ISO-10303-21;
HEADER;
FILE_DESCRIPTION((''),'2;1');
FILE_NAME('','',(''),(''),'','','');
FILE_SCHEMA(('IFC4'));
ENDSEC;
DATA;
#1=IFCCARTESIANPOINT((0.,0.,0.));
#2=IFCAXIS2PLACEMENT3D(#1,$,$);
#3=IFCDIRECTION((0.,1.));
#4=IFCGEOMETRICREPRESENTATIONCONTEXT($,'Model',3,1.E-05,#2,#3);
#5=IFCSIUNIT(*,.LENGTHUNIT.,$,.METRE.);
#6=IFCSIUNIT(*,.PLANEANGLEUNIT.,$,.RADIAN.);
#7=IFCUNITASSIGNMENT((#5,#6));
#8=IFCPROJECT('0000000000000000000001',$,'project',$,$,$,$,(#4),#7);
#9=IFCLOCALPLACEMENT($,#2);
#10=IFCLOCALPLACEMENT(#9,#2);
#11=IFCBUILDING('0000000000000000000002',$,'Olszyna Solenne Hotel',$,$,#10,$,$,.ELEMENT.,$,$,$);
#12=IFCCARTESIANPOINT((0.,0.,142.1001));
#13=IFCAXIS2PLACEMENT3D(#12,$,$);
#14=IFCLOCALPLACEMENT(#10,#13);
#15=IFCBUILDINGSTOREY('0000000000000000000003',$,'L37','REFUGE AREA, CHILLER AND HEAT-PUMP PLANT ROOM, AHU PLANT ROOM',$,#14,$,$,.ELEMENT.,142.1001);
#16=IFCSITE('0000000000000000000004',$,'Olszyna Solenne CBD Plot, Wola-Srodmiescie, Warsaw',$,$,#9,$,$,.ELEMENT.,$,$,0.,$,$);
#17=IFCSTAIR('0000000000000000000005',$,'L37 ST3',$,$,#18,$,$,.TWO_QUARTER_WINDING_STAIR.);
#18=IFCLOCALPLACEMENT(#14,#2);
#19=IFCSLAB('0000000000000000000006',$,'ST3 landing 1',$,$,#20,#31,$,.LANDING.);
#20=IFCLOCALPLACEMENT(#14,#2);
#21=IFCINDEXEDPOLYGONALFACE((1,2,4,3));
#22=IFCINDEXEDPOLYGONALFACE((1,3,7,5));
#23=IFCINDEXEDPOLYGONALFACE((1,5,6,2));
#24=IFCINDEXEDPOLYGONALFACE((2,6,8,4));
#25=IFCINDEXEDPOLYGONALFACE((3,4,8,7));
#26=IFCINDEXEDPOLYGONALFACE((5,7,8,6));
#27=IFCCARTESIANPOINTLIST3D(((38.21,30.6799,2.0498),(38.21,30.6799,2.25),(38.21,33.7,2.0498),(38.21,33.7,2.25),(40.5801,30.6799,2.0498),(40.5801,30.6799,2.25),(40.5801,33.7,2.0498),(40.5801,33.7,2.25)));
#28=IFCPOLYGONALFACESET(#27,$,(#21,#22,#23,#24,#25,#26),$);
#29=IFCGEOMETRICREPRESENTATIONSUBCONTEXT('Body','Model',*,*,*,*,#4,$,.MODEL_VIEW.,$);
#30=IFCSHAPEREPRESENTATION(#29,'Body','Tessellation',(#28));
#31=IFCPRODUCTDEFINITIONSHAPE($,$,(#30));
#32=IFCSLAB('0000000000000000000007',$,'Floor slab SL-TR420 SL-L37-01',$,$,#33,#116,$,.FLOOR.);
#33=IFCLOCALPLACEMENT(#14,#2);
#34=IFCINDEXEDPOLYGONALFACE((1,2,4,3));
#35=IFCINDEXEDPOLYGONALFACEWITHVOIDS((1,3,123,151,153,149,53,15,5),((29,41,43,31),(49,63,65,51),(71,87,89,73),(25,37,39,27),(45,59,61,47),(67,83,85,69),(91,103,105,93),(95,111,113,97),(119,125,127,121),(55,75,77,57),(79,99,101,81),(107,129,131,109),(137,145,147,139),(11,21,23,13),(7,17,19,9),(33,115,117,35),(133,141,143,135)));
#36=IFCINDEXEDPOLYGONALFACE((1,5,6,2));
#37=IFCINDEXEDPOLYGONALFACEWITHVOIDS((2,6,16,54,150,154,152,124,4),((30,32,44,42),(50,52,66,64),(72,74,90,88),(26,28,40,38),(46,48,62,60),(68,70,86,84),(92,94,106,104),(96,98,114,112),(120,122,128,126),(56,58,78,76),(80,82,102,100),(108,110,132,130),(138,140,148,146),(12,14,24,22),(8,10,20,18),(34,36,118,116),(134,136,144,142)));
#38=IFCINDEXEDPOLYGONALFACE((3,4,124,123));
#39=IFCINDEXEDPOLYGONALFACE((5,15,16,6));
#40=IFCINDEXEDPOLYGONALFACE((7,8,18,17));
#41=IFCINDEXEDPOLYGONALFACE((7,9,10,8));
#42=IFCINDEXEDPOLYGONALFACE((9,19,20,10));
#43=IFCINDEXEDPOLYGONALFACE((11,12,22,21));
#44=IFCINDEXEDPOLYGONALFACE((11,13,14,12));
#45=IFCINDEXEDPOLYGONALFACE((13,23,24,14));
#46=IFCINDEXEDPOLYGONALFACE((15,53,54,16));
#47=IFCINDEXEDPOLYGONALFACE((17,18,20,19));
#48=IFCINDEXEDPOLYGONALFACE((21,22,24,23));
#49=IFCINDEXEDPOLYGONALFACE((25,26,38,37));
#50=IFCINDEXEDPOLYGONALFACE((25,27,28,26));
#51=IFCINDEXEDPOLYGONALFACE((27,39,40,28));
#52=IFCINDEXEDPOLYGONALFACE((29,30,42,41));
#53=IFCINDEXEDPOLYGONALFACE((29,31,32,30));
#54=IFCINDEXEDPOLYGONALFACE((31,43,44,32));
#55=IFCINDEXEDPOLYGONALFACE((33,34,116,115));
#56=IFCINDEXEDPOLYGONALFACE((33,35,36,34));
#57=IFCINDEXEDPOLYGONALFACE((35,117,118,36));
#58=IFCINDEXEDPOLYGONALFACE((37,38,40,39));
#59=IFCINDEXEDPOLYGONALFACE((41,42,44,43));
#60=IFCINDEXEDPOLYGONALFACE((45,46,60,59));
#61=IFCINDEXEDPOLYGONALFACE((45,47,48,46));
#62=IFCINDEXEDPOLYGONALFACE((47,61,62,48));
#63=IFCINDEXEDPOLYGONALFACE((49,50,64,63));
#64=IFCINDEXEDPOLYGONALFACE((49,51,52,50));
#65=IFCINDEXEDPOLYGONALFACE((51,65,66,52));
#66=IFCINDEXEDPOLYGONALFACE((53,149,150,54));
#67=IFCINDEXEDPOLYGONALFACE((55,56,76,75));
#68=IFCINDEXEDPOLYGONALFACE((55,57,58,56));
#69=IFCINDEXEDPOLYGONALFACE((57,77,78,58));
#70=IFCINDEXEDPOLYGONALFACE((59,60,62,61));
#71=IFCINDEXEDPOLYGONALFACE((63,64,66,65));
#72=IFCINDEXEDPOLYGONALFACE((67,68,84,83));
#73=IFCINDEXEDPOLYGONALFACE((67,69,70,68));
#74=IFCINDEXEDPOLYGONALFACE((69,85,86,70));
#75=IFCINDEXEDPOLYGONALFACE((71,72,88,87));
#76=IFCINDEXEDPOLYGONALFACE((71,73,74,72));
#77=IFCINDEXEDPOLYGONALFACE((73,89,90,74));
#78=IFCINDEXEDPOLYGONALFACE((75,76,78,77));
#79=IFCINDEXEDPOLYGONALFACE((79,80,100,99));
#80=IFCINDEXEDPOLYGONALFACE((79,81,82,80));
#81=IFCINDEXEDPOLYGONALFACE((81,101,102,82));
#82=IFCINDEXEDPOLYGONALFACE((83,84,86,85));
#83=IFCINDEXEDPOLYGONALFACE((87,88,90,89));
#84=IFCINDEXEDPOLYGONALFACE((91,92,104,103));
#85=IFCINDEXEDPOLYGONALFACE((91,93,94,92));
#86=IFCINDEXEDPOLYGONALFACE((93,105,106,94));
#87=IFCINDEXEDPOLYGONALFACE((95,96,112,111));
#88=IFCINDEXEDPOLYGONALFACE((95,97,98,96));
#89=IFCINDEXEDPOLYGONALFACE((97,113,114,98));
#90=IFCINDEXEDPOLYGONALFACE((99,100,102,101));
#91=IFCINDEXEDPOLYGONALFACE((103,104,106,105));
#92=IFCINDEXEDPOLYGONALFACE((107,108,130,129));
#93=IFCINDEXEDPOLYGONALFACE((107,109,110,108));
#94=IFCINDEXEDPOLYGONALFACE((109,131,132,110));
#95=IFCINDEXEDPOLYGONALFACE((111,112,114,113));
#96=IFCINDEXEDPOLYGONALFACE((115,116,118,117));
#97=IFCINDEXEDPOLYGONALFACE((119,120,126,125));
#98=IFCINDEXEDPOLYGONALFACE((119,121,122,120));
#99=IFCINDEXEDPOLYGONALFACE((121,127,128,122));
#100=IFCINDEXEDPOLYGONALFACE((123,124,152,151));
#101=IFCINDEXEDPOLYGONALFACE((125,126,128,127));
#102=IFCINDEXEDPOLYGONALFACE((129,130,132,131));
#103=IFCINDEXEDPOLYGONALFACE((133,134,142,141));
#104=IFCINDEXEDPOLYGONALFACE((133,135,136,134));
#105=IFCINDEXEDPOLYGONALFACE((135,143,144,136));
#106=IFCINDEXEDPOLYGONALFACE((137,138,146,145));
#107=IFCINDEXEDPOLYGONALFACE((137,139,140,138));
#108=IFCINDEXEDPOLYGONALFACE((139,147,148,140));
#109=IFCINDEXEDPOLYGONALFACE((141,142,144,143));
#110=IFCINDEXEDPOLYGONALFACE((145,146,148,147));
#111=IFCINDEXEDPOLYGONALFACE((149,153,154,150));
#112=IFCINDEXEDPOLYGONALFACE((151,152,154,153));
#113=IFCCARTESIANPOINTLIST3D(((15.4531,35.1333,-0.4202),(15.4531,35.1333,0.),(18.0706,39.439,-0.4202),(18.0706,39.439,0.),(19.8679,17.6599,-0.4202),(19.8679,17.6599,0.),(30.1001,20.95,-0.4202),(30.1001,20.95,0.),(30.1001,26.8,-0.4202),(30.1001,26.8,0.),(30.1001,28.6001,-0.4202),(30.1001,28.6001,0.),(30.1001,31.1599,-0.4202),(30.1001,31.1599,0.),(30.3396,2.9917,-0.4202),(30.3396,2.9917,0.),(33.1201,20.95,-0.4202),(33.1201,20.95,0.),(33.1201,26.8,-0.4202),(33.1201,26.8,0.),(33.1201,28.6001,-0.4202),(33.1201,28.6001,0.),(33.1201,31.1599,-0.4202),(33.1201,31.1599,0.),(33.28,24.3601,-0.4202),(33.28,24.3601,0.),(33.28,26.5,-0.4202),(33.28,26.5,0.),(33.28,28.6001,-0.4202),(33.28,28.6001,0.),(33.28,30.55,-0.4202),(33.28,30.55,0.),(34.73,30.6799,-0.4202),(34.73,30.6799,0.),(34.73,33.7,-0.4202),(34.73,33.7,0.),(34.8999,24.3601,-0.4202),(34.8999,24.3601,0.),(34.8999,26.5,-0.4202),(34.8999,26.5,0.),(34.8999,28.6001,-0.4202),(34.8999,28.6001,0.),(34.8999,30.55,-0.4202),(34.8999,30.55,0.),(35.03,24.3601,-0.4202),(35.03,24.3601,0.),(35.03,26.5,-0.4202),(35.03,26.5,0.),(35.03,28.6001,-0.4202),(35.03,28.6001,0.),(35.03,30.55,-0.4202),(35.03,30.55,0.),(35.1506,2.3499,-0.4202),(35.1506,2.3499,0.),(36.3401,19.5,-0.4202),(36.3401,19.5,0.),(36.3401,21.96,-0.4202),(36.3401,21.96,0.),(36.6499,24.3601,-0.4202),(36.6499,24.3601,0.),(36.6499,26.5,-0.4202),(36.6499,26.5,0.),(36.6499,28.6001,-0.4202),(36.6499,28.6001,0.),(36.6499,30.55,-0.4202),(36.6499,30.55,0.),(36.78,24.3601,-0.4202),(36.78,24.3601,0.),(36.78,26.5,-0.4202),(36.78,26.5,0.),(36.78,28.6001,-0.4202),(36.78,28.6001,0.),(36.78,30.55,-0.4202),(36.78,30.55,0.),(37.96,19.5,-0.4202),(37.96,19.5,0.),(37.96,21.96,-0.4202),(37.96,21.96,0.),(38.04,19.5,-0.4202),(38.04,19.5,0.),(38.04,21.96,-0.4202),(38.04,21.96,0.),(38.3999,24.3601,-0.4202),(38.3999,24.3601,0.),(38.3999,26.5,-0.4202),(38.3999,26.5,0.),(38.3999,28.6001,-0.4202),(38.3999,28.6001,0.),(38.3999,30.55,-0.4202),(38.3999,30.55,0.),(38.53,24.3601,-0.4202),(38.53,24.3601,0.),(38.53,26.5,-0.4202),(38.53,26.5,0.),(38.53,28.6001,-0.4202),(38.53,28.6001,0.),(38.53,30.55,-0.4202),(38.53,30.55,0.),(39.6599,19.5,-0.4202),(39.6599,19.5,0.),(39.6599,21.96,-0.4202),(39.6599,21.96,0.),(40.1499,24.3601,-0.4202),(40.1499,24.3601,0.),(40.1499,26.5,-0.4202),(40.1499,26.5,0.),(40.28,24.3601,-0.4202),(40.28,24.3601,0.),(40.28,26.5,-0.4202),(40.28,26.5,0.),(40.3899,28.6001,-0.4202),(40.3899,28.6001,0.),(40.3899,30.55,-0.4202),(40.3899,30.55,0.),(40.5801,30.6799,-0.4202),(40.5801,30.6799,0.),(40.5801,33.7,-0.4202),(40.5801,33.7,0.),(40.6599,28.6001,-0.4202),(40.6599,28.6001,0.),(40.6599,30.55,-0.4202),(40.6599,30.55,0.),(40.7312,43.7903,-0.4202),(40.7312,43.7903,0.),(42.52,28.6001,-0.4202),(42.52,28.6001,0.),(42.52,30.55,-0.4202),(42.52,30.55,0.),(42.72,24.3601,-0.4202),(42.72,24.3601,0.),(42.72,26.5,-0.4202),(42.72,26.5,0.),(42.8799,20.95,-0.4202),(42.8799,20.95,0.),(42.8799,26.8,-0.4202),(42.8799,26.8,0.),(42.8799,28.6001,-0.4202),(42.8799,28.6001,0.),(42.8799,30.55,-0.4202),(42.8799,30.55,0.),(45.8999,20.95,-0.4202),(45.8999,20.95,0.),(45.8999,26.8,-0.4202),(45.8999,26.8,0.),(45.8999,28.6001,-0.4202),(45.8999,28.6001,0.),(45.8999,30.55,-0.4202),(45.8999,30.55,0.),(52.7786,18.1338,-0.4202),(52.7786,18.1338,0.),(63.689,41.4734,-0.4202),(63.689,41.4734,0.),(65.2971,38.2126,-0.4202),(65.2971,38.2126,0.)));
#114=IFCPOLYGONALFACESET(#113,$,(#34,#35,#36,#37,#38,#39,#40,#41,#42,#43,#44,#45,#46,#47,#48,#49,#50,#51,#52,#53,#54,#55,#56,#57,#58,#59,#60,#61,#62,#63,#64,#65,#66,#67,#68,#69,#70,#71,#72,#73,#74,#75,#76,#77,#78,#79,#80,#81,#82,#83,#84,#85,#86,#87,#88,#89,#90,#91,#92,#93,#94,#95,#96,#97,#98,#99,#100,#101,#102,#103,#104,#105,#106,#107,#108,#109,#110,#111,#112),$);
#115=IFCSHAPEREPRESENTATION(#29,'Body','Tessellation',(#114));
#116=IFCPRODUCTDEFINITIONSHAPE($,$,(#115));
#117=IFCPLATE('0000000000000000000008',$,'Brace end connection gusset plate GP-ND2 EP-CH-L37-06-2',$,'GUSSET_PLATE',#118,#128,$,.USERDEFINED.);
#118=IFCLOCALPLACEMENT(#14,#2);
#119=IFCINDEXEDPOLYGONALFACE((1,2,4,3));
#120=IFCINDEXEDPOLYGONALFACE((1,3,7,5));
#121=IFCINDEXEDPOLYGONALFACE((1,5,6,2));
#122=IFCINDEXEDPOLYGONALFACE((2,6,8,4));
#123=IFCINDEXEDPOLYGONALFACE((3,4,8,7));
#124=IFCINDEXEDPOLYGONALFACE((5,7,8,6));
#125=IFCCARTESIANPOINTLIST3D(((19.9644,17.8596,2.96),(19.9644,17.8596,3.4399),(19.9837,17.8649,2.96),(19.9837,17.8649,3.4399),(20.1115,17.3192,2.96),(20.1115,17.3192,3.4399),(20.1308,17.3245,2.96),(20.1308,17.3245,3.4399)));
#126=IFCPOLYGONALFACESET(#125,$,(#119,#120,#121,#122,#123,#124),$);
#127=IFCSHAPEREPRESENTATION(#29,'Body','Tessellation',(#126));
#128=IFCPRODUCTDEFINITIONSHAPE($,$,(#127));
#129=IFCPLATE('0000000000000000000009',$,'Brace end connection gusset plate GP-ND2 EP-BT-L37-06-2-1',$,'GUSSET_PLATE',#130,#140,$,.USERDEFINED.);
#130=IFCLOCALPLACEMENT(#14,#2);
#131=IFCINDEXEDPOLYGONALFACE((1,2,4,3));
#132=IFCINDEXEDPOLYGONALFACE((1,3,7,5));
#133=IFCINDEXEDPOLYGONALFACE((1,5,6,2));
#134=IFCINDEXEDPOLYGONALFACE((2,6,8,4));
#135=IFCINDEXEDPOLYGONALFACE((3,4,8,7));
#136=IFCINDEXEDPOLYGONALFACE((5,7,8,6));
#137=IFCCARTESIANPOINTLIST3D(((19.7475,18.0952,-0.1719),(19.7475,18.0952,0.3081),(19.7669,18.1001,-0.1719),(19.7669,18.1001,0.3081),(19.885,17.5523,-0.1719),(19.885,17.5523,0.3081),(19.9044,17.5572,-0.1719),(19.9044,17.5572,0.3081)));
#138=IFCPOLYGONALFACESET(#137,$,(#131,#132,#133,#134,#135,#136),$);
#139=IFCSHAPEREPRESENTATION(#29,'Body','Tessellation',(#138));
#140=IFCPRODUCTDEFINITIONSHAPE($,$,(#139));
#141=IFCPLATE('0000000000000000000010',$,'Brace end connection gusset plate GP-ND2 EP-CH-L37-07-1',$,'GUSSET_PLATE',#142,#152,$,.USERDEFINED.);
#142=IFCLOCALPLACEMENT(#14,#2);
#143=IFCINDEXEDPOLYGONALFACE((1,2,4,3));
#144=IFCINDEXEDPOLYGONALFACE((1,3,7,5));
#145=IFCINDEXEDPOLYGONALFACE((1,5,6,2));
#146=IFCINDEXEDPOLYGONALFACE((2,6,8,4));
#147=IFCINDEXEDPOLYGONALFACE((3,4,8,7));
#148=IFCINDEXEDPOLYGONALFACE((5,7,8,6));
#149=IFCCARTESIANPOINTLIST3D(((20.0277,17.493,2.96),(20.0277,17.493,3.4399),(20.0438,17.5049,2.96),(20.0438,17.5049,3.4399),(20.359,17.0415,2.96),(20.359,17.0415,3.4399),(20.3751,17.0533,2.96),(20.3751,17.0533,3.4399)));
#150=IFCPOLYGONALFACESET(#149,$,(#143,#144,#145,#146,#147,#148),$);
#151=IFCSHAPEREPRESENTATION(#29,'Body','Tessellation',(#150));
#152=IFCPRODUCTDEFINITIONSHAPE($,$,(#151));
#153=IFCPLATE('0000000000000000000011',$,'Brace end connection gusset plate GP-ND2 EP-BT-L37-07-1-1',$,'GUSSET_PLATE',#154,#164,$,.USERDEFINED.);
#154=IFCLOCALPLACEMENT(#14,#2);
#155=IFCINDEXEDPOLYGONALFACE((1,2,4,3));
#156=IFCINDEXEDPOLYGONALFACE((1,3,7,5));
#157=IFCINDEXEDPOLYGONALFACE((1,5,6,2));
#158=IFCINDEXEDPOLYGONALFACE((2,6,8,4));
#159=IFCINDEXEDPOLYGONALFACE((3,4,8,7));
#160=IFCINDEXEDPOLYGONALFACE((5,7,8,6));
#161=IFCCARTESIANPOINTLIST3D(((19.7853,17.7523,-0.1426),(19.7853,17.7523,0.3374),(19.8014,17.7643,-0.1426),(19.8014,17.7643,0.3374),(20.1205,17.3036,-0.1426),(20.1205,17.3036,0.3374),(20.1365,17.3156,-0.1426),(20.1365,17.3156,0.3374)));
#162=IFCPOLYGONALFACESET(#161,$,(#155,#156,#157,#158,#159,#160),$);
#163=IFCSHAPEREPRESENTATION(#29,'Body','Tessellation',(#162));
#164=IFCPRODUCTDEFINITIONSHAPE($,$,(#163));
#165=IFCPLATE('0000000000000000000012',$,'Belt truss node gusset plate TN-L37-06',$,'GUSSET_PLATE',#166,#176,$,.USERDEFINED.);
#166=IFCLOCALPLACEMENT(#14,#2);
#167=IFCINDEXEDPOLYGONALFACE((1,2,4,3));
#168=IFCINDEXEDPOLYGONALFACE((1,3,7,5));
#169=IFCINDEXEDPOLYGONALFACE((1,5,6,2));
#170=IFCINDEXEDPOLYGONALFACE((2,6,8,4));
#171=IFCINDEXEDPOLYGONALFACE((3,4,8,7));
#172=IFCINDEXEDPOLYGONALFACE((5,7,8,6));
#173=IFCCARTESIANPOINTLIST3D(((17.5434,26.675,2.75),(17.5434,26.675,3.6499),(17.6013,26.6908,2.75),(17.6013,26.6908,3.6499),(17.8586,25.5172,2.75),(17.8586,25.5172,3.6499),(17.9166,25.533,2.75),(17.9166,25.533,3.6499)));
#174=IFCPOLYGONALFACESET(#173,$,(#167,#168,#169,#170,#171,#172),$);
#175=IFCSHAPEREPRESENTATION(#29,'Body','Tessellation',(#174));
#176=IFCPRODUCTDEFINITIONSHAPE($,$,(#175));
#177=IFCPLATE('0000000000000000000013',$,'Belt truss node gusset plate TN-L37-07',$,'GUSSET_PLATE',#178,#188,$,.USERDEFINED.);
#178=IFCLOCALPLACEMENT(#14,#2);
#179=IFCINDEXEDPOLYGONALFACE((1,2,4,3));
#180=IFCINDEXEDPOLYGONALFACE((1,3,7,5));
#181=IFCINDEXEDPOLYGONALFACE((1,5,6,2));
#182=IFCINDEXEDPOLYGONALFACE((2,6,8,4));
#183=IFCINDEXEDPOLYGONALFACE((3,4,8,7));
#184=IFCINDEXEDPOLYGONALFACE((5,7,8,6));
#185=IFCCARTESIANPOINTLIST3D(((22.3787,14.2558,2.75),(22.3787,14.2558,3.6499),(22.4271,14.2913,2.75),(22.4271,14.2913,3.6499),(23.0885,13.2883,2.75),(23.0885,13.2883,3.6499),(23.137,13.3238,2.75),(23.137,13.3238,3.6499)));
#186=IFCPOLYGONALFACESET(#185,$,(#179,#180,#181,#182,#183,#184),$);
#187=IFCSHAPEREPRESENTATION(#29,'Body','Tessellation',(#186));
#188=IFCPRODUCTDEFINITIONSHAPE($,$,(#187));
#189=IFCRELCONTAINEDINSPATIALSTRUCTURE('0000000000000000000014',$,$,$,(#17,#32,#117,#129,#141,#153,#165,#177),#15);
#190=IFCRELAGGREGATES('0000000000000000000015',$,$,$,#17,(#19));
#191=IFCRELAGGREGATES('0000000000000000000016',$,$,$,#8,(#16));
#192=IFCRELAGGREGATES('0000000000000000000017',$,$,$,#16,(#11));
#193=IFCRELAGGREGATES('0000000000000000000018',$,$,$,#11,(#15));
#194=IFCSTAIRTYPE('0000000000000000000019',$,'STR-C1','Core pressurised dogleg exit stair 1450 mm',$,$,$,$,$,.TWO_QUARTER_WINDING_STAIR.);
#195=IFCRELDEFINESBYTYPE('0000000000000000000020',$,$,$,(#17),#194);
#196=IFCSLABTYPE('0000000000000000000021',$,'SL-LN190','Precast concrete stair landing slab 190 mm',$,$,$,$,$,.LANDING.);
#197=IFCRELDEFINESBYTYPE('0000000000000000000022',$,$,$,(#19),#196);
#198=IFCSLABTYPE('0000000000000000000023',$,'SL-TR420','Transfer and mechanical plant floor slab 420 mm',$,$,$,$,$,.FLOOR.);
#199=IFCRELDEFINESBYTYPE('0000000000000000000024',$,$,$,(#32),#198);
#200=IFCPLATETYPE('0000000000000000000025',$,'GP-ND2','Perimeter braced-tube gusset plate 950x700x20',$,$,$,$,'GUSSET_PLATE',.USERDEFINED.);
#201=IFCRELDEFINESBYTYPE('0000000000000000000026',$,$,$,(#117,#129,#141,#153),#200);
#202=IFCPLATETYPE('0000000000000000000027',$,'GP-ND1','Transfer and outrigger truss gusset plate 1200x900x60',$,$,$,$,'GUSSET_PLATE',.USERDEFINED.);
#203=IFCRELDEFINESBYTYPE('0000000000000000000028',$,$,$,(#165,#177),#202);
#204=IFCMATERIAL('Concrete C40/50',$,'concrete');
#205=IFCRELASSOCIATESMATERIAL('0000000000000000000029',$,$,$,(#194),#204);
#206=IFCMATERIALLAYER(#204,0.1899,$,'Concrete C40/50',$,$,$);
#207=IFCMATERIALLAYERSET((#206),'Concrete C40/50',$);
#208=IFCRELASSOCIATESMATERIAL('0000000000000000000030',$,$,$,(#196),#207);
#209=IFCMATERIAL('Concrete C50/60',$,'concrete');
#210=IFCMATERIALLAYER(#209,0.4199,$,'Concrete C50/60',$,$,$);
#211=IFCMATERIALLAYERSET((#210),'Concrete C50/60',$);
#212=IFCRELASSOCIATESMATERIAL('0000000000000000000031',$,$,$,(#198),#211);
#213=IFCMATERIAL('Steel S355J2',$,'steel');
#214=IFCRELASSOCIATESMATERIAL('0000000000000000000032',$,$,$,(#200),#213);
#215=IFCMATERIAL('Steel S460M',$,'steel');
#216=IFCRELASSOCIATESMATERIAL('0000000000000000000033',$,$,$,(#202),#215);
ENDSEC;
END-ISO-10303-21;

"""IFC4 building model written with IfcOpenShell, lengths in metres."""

from ifc_helpers import new_model, si_unit, direction, frame, origin, origin_2d, place, context, subcontext, project, spatial, polyline, rectangle, outline, extrude, source, transform, mapped, material, layer, layer_set, type_object, element, aggregate, save


model = new_model("IFC4")

# Units and contexts
model_context = context("Model", 3, precision=1e-05, world=origin(), true_north=direction((0.0, 1.0)))
body_context = subcontext(model_context, "Body", "Model", "MODEL_VIEW")
ifc_project = project(units=[si_unit("LENGTHUNIT", "METRE"), si_unit("PLANEANGLEUNIT", "RADIAN")], contexts=[model_context])

# Site, building, storey
site_placement = place(None, origin())
site = spatial("IfcSite", under=ifc_project, at=site_placement, Name="Olszyna Solenne CBD Plot, Wola-Srodmiescie, Warsaw", CompositionType="ELEMENT", RefElevation=0.0)
building_placement = place(site_placement, origin())
building = spatial("IfcBuilding", under=site, at=building_placement, Name="Olszyna Solenne Hotel", CompositionType="ELEMENT")
storey_placement = place(building_placement, frame((0.0, 0.0, 142.1001)))
storey = spatial("IfcBuildingStorey", under=building, at=storey_placement, Name="L37", Description="REFUGE AREA, CHILLER AND HEAT-PUMP PLANT ROOM, AHU PLANT ROOM", CompositionType="ELEMENT", Elevation=142.1001)

# Shared definitions
ifc_material_1 = material(Name="Steel S460M", Category="steel")

# Shared definitions
ifc_material_2 = material(Name="Steel S355J2", Category="steel")

# Stair, slab
ifc_material_3 = material(Name="Concrete C40/50", Category="concrete")
stair_type = type_object("IfcStairType", Name="STR-C1", Description="Core pressurised dogleg exit stair 1450 mm", PredefinedType="TWO_QUARTER_WINDING_STAIR", material=ifc_material_3)
ifc_layer_1 = layer(ifc_material_3, 0.1899, Name="Concrete C40/50")
ifc_layer_set_1 = layer_set([ifc_layer_1], Name="Concrete C40/50")
slab_type_1 = type_object("IfcSlabType", Name="SL-LN190", Description="Precast concrete stair landing slab 190 mm", PredefinedType="LANDING", material=ifc_layer_set_1)
stair_1_placement = place(storey_placement, origin())
stair_1 = element("IfcStair", 1, at=stair_1_placement, inside=storey, type_object=stair_type, Name="L37 ST3", PredefinedType="TWO_QUARTER_WINDING_STAIR")
slab_1_placement = place(storey_placement, frame((0.0, 0.0, 2.0498)))
slab_1 = element("IfcSlab", 2, at=slab_1_placement, type_object=slab_type_1, Name="ST3 landing 1", PredefinedType="LANDING", context=body_context, shape_type="SweptSolid", body=[
    extrude(outline(polyline([(38.21, 30.6799), (40.5801, 30.6799), (40.5801, 33.7), (38.21, 33.7), (38.21, 30.6799)])), origin(), (0.0, 0.0, 1.0), 0.2002),
])
aggregate(stair_1, [slab_1])

# Slab
ifc_material_4 = material(Name="Concrete C50/60", Category="concrete")
ifc_layer_2 = layer(ifc_material_4, 0.4199, Name="Concrete C50/60")
ifc_layer_set_2 = layer_set([ifc_layer_2], Name="Concrete C50/60")
slab_type_2 = type_object("IfcSlabType", Name="SL-TR420", Description="Transfer and mechanical plant floor slab 420 mm", PredefinedType="FLOOR", material=ifc_layer_set_2)
slab_2_placement = place(storey_placement, frame((0.0, 0.0, -0.4202)))
element("IfcSlab", 3, at=slab_2_placement, inside=storey, type_object=slab_type_2, Name="Floor slab SL-TR420 SL-L37-01", PredefinedType="FLOOR", context=body_context, shape_type="SweptSolid", body=[
    extrude(outline(polyline([(65.2971, 38.2126), (63.689, 41.4734), (40.7312, 43.7903), (18.0706, 39.439), (15.4531, 35.1333), (19.8679, 17.6599), (30.3396, 2.9917), (35.1506, 2.3499), (52.7786, 18.1338), (65.2971, 38.2126)]), holes=[polyline([(30.1001, 20.95), (33.1201, 20.95), (33.1201, 26.8), (30.1001, 26.8), (30.1001, 20.95)]), polyline([(42.8799, 20.95), (45.8999, 20.95), (45.8999, 26.8), (42.8799, 26.8), (42.8799, 20.95)]), polyline([(34.73, 30.6799), (40.5801, 30.6799), (40.5801, 33.7), (34.73, 33.7), (34.73, 30.6799)]), polyline([(36.3401, 19.5), (37.96, 19.5), (37.96, 21.96), (36.3401, 21.96), (36.3401, 19.5)]), polyline([(38.04, 19.5), (39.6599, 19.5), (39.6599, 21.96), (38.04, 21.96), (38.04, 19.5)]), polyline([(30.1001, 28.6001), (33.1201, 28.6001), (33.1201, 31.1599), (30.1001, 31.1599), (30.1001, 28.6001)]), polyline([(33.28, 24.3601), (34.8999, 24.3601), (34.8999, 26.5), (33.28, 26.5), (33.28, 24.3601)]), polyline([(35.03, 24.3601), (36.6499, 24.3601), (36.6499, 26.5), (35.03, 26.5), (35.03, 24.3601)]), polyline([(36.78, 24.3601), (38.3999, 24.3601), (38.3999, 26.5), (36.78, 26.5), (36.78, 24.3601)]), polyline([(38.53, 24.3601), (40.1499, 24.3601), (40.1499, 26.5), (38.53, 26.5), (38.53, 24.3601)]), polyline([(40.28, 24.3601), (42.72, 24.3601), (42.72, 26.5), (40.28, 26.5), (40.28, 24.3601)]), polyline([(33.28, 28.6001), (34.8999, 28.6001), (34.8999, 30.55), (33.28, 30.55), (33.28, 28.6001)]), polyline([(35.03, 28.6001), (36.6499, 28.6001), (36.6499, 30.55), (35.03, 30.55), (35.03, 28.6001)]), polyline([(36.78, 28.6001), (38.3999, 28.6001), (38.3999, 30.55), (36.78, 30.55), (36.78, 28.6001)]), polyline([(38.53, 28.6001), (40.3899, 28.6001), (40.3899, 30.55), (38.53, 30.55), (38.53, 28.6001)]), polyline([(40.6599, 28.6001), (42.52, 28.6001), (42.52, 30.55), (40.6599, 30.55), (40.6599, 28.6001)]), polyline([(42.8799, 28.6001), (45.8999, 28.6001), (45.8999, 30.55), (42.8799, 30.55), (42.8799, 28.6001)])]), origin(), (0.0, 0.0, 1.0), 0.4202),
])

# Plates
plate_type_1 = type_object("IfcPlateType", Name="GP-ND2", Description="Perimeter braced-tube gusset plate 950x700x20", ElementType="GUSSET_PLATE", PredefinedType="USERDEFINED", material=ifc_material_2)
shared_shape_1 = source(origin(), body_context, "Body", "SweptSolid", [
    extrude(rectangle(XDim=0.5601, YDim=0.02, at=origin_2d()), origin(), (0.0, 0.0, 1.0), 0.48),
])
for number, where, z_axis, x_axis, name in (
    (4, (20.0476, 17.592, 2.96), (0.0, 0.0, 1.0), (0.262694, -0.964879, 0.0), "Brace end connection gusset plate GP-ND2 EP-CH-L37-06-2"),
    (5, (19.8259, 17.8262, -0.1719), (0.0, 0.0, 1.0), (-0.245477, 0.969403, 0.0), "Brace end connection gusset plate GP-ND2 EP-BT-L37-06-2-1"),
    (6, (20.2014, 17.2732, 2.96), (0.0, 0.0, 1.0), (0.591591, -0.806238, 0.0), "Brace end connection gusset plate GP-ND2 EP-CH-L37-07-1"),
    (7, (19.9609, 17.5339, -0.1426), (0.0, 0.0, 1.0), (0.598464, -0.801149, 0.0), "Brace end connection gusset plate GP-ND2 EP-BT-L37-07-1-1"),
):
    element("IfcPlate", number, at=place(storey_placement, frame(where, z_axis=z_axis, x_axis=x_axis)), inside=storey, type_object=plate_type_1, Name=name, ObjectType="GUSSET_PLATE", PredefinedType="USERDEFINED", context=body_context, shape_type="MappedRepresentation", body=[
        mapped(shared_shape_1, transform((0.0, 0.0, 0.0), x_axis=(1.0, 0.0, 0.0), y_axis=(0.0, 1.0, 0.0), z_axis=(0.0, 0.0, 1.0), scale=1.0)),
    ])
plate_type_2 = type_object("IfcPlateType", Name="GP-ND1", Description="Transfer and outrigger truss gusset plate 1200x900x60", ElementType="GUSSET_PLATE", PredefinedType="USERDEFINED", material=ifc_material_1)
shared_shape_2 = source(origin(), body_context, "Body", "SweptSolid", [
    extrude(rectangle(XDim=1.2, YDim=0.0601, at=origin_2d()), origin(), (0.0, 0.0, 1.0), 0.8999),
])
for number, where, z_axis, x_axis, name in (
    (8, (17.73, 26.104, 2.75), (0.0, 0.0, 1.0), (0.262694, -0.964879, 0.0), "Belt truss node gusset plate TN-L37-06"),
    (9, (22.7578, 13.7898, 2.75), (0.0, 0.0, 1.0), (0.591591, -0.806238, 0.0), "Belt truss node gusset plate TN-L37-07"),
):
    element("IfcPlate", number, at=place(storey_placement, frame(where, z_axis=z_axis, x_axis=x_axis)), inside=storey, type_object=plate_type_2, Name=name, ObjectType="GUSSET_PLATE", PredefinedType="USERDEFINED", context=body_context, shape_type="MappedRepresentation", body=[
        mapped(shared_shape_2, transform((0.0, 0.0, 0.0), x_axis=(1.0, 0.0, 0.0), y_axis=(0.0, 1.0, 0.0), z_axis=(0.0, 0.0, 1.0), scale=1.0)),
    ])

save(model, "model.ifc")
